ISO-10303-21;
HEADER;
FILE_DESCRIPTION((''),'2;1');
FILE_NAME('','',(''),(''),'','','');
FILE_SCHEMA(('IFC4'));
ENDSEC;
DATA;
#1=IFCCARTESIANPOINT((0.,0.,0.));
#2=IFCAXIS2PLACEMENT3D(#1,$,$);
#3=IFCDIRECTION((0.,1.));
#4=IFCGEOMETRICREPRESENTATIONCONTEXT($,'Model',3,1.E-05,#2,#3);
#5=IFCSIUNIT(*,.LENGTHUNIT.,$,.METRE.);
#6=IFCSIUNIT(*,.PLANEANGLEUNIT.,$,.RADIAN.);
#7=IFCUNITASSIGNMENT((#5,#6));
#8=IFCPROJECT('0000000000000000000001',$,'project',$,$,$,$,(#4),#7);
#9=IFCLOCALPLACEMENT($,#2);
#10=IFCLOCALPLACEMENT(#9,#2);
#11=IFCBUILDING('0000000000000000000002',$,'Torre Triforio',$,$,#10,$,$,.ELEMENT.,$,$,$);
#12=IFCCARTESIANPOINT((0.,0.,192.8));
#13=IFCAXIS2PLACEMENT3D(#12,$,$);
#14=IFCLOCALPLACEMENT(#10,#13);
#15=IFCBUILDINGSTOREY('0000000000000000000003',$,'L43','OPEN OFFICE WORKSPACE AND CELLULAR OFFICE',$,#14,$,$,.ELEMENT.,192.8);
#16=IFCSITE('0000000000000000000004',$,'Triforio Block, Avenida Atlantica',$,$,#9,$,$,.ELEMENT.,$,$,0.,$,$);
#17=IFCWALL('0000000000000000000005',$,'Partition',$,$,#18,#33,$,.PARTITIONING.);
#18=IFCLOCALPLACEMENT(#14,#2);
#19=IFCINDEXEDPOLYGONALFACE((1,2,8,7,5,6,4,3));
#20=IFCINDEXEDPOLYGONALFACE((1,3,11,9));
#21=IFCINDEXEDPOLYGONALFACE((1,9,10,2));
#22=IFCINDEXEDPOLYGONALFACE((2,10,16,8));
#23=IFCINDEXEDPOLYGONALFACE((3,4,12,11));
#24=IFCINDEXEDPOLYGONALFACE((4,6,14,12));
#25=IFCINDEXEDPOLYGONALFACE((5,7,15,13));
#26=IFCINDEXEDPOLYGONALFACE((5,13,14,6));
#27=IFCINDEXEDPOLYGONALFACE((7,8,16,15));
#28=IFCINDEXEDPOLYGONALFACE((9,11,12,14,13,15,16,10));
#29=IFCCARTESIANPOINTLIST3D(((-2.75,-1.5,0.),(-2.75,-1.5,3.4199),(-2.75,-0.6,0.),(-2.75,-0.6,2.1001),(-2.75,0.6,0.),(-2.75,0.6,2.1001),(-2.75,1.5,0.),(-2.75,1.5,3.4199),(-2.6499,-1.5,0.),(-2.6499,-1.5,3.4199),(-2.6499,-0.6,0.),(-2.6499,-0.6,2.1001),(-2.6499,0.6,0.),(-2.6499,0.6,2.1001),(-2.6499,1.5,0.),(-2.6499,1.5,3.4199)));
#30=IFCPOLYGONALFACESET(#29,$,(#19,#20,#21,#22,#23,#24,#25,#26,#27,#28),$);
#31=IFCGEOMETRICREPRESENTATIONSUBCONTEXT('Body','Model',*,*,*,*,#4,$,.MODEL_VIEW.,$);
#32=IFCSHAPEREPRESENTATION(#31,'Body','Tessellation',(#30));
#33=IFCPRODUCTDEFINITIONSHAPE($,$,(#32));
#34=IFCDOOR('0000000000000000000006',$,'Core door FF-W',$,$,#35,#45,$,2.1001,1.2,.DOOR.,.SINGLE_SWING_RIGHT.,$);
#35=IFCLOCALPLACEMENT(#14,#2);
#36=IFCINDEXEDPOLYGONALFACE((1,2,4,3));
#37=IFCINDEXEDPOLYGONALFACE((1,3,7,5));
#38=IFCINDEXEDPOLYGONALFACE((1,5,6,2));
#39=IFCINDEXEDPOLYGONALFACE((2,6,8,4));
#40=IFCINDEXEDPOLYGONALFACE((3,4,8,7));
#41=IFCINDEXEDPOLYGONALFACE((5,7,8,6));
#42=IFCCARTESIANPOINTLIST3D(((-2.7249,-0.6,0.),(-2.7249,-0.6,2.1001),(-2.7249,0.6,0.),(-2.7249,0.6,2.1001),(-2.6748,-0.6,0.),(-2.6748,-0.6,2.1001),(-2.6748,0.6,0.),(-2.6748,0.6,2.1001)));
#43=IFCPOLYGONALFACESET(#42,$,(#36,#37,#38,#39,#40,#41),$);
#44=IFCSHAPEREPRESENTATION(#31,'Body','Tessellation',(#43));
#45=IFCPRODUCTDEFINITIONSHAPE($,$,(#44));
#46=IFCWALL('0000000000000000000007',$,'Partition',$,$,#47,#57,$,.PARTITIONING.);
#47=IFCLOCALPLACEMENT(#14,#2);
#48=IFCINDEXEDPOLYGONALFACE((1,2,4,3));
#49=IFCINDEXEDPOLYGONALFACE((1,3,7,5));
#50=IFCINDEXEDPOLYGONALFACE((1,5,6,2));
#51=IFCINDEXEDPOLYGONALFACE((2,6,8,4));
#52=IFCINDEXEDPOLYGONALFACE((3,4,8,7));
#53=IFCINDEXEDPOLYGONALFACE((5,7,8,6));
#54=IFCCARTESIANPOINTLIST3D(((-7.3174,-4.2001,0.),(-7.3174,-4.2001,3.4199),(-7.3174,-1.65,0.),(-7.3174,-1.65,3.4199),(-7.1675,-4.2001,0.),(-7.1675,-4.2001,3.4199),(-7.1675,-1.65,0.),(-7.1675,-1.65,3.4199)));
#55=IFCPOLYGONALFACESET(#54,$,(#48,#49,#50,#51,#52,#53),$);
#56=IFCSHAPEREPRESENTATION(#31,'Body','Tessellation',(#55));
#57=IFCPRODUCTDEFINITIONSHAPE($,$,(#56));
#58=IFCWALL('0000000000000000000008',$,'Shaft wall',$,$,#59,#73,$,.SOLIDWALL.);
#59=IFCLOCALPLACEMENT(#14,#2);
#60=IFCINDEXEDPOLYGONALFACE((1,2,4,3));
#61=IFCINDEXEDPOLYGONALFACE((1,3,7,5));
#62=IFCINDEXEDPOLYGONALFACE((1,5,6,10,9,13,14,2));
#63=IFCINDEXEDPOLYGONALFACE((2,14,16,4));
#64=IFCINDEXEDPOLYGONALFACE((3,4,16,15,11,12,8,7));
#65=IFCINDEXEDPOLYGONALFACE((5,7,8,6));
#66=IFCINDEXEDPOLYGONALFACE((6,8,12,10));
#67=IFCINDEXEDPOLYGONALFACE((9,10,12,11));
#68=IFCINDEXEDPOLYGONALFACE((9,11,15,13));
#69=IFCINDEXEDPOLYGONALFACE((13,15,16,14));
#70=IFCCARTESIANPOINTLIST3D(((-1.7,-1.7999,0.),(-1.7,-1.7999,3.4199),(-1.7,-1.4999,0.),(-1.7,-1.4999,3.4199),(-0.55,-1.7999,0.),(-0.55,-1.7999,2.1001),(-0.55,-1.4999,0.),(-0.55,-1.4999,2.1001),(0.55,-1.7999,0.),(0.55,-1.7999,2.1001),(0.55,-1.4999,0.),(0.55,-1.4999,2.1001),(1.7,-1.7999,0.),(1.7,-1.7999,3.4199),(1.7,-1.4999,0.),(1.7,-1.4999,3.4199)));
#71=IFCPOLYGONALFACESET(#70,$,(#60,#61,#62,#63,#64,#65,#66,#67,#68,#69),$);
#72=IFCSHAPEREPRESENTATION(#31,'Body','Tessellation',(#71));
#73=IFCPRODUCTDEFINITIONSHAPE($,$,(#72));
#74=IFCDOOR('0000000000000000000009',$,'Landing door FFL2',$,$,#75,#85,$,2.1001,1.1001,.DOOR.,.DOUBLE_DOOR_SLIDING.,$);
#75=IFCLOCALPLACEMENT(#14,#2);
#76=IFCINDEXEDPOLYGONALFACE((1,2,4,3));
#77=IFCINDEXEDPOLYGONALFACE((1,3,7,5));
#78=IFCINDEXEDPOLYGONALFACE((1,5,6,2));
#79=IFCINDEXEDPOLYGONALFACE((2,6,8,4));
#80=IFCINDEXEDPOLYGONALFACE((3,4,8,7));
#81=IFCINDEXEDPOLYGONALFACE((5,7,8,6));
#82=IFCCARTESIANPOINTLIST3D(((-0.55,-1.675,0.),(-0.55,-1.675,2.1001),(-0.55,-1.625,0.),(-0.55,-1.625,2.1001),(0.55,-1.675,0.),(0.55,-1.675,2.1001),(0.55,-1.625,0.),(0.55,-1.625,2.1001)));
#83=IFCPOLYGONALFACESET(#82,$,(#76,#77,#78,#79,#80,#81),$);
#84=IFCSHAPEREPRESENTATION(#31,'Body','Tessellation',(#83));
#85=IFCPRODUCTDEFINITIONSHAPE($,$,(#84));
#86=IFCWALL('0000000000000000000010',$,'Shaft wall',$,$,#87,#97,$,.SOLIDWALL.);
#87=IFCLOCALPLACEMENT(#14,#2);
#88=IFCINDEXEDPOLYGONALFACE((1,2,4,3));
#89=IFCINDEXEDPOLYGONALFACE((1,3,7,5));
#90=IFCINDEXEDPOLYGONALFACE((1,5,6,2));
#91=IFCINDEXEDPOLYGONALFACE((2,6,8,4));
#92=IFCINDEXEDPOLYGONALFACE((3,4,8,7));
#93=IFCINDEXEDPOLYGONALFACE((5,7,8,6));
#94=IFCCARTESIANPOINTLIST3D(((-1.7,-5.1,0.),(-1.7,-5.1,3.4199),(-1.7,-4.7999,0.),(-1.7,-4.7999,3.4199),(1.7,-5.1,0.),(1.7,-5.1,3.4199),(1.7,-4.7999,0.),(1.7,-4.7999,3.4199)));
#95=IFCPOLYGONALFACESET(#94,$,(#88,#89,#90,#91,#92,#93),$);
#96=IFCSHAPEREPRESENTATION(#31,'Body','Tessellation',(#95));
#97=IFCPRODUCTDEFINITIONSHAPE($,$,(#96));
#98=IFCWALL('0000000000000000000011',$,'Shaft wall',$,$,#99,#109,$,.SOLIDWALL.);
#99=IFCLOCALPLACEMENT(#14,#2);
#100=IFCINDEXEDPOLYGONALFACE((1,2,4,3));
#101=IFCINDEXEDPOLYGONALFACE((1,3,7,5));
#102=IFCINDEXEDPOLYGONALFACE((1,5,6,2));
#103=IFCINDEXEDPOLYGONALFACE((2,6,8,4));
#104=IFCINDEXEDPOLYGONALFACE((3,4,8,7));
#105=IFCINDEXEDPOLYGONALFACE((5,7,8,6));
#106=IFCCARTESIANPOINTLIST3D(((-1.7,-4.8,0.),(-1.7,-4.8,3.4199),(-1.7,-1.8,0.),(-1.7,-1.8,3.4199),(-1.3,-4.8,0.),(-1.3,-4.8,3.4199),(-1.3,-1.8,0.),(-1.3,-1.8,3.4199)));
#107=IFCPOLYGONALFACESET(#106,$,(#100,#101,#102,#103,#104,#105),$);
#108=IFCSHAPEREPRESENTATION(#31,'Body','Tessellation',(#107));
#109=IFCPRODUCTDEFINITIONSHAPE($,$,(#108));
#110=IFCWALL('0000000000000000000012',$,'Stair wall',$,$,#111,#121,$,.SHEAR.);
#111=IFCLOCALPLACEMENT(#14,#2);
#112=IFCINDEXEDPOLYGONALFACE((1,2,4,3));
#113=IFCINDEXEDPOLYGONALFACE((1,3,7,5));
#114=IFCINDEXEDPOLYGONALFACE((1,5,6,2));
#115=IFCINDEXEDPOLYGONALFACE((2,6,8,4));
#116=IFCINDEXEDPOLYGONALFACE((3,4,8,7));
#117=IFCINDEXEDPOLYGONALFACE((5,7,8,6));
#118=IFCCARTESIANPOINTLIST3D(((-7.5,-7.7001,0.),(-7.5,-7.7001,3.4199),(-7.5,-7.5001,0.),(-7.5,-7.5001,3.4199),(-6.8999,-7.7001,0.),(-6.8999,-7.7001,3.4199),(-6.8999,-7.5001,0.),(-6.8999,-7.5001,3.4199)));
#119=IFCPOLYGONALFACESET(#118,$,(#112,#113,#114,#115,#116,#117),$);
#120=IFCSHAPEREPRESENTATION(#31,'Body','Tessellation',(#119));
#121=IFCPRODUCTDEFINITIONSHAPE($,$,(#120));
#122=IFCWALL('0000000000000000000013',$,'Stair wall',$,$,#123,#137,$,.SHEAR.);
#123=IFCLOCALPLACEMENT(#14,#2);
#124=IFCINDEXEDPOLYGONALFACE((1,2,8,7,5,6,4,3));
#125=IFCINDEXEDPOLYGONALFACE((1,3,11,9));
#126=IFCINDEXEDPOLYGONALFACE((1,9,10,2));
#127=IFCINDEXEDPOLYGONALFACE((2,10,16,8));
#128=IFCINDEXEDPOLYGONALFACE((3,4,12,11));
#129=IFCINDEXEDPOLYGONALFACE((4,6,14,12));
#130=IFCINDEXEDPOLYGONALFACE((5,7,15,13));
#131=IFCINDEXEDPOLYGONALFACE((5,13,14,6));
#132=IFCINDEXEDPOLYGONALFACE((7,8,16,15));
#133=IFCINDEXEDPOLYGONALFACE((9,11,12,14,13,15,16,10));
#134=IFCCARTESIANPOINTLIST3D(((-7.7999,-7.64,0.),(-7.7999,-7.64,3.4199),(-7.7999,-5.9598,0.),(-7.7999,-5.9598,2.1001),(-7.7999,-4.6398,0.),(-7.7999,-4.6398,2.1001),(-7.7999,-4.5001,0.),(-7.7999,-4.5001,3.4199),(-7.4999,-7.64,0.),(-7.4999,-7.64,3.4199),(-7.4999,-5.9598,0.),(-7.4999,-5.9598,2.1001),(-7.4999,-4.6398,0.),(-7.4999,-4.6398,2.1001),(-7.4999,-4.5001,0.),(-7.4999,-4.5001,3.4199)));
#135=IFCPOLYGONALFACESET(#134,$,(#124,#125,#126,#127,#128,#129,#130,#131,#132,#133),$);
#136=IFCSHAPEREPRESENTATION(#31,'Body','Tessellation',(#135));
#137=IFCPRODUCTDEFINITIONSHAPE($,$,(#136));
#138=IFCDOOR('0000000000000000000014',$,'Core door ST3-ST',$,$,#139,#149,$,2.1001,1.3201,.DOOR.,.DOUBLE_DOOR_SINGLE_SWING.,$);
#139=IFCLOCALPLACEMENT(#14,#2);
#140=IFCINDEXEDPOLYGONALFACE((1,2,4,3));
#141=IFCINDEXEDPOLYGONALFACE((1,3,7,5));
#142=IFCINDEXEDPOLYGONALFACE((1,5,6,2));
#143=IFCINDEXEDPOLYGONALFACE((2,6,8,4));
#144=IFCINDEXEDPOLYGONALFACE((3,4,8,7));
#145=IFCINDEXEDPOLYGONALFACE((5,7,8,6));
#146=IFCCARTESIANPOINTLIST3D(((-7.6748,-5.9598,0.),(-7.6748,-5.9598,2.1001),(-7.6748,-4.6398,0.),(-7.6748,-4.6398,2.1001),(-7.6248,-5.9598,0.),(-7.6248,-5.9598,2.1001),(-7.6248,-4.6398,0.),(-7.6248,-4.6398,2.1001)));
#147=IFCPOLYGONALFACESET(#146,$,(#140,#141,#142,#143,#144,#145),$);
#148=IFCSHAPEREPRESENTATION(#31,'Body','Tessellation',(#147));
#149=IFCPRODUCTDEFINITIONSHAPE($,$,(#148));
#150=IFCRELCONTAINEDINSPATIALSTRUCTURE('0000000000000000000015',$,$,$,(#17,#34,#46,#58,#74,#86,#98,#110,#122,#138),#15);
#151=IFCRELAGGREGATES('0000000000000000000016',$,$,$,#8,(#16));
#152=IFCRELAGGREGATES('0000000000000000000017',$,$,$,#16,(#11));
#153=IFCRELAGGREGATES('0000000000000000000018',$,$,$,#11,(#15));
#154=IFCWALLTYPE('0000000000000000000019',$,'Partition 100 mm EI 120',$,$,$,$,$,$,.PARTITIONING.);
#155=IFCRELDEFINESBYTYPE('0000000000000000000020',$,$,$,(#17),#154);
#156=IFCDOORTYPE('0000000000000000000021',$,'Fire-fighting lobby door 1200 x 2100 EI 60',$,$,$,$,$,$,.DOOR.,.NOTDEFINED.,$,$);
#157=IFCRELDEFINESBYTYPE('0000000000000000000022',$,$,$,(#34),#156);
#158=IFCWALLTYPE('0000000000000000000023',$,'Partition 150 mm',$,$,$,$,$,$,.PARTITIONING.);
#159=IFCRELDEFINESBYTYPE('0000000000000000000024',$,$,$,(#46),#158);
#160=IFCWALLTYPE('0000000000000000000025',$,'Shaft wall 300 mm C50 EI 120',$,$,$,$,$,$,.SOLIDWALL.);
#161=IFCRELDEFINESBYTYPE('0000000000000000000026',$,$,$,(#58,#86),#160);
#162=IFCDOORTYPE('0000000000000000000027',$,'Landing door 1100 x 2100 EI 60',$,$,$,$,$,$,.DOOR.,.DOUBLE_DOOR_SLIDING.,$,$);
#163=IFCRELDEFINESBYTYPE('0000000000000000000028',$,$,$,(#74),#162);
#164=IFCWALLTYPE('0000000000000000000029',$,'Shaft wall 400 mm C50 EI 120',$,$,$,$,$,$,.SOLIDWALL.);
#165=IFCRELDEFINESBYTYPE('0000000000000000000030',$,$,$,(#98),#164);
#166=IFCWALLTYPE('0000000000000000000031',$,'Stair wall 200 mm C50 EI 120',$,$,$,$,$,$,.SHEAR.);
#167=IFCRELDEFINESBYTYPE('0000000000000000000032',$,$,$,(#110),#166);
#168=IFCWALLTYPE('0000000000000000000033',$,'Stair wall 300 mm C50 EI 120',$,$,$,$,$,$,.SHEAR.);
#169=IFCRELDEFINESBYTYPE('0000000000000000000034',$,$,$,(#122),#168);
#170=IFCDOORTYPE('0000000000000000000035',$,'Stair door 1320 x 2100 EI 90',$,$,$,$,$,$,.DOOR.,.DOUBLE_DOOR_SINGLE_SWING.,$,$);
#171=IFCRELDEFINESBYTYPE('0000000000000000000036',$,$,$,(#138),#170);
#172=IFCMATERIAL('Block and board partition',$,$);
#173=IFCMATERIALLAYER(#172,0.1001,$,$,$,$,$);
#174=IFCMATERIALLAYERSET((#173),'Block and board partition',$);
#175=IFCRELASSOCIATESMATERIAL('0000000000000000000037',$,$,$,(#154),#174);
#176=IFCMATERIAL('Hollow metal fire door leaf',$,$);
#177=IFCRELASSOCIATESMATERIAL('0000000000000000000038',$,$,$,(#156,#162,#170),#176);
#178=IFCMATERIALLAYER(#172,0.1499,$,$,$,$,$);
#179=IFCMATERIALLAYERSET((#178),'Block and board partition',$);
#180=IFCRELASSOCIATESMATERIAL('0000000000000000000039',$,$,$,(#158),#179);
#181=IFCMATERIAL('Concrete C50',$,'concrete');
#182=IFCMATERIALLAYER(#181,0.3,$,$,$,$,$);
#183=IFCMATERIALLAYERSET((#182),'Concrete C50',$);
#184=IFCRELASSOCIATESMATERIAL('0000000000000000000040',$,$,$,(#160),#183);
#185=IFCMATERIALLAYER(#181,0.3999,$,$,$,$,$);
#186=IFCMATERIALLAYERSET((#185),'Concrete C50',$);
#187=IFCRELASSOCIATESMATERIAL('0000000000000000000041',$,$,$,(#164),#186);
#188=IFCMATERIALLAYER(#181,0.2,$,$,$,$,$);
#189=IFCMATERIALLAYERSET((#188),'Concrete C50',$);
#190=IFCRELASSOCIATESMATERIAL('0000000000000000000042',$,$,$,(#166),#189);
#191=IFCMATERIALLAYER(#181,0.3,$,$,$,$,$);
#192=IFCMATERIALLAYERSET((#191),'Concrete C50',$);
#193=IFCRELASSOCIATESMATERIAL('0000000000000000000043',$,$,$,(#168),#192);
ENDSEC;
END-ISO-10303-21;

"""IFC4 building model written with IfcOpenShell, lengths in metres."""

from ifc_helpers import new_model, si_unit, direction, frame, frame_2d, origin, place, context, subcontext, project, spatial, rectangle, extrude, material, layer, layer_set, type_object, element, fill, save


model = new_model("IFC4")

# Units and contexts
model_context = context("Model", 3, precision=1e-05, world=origin(), true_north=direction((0.0, 1.0)))
body_context = subcontext(model_context, "Body", "Model", "MODEL_VIEW")
ifc_project = project(units=[si_unit("LENGTHUNIT", "METRE"), si_unit("PLANEANGLEUNIT", "RADIAN")], contexts=[model_context])

# Site, building, storey
site_placement = place(None, origin())
site = spatial("IfcSite", under=ifc_project, at=site_placement, Name="Triforio Block, Avenida Atlantica", CompositionType="ELEMENT", RefElevation=0.0)
building_placement = place(site_placement, origin())
building = spatial("IfcBuilding", under=site, at=building_placement, Name="Torre Triforio", CompositionType="ELEMENT")
storey_placement = place(building_placement, frame((0.0, 0.0, 192.8)))
storey = spatial("IfcBuildingStorey", under=building, at=storey_placement, Name="L43", Description="OPEN OFFICE WORKSPACE AND CELLULAR OFFICE", CompositionType="ELEMENT", Elevation=192.8)

# Wall, opening, door
ifc_material_1 = material(Name="Block and board partition")
ifc_layer_1 = layer(ifc_material_1, 0.1001)
ifc_layer_set_1 = layer_set([ifc_layer_1], Name="Block and board partition")
wall_type_1 = type_object("IfcWallType", Name="Partition 100 mm EI 120", PredefinedType="PARTITIONING", material=ifc_layer_set_1)
wall_1_placement = place(storey_placement, frame((-2.7, -1.5, 0.0), z_axis=(0.0, 0.0, 1.0), x_axis=(0.0, 1.0, 0.0)))
wall_1 = element("IfcWall", 1, at=wall_1_placement, inside=storey, type_object=wall_type_1, Name="Partition", PredefinedType="PARTITIONING", context=body_context, shape_type="SweptSolid", body=[
    extrude(rectangle(XDim=3.0, YDim=0.1001, at=frame_2d((1.5, 0.0))), origin(), (0.0, 0.0, 1.0), 3.4199),
])
opening_1_placement = place(wall_1_placement, frame((0.8999, 0.0, 0.0)))
opening_1 = element("IfcOpeningElement", 2, at=opening_1_placement, cuts=wall_1, PredefinedType="OPENING", context=body_context, shape_type="SweptSolid", body=[
    extrude(rectangle(XDim=1.2, YDim=2.1001, at=frame_2d((0.6001, 1.05))), frame((0.0, 0.0601, 0.0), z_axis=(0.0, -1.0, 0.0), x_axis=(1.0, 0.0, 0.0)), (0.0, 0.0, 1.0), 0.1201),
])
ifc_material_2 = material(Name="Hollow metal fire door leaf")
door_type_1 = type_object("IfcDoorType", Name="Fire-fighting lobby door 1200 x 2100 EI 60", OperationType="NOTDEFINED", PredefinedType="DOOR", material=ifc_material_2)
door_1_placement = place(opening_1_placement, origin())
door_1 = element("IfcDoor", 3, at=door_1_placement, inside=storey, type_object=door_type_1, Name="Core door FF-W", OperationType="SINGLE_SWING_RIGHT", OverallHeight=2.1001, OverallWidth=1.2, PredefinedType="DOOR", context=body_context, shape_type="SweptSolid", body=[
    extrude(rectangle(XDim=1.2, YDim=2.1001, at=frame_2d((0.6001, 1.05))), frame((0.0, 0.0249, 0.0), z_axis=(0.0, -1.0, 0.0), x_axis=(1.0, 0.0, 0.0)), (0.0, 0.0, 1.0), 0.05),
])
fill(opening_1, door_1)

# Wall
ifc_layer_2 = layer(ifc_material_1, 0.1499)
ifc_layer_set_2 = layer_set([ifc_layer_2], Name="Block and board partition")
wall_type_2 = type_object("IfcWallType", Name="Partition 150 mm", PredefinedType="PARTITIONING", material=ifc_layer_set_2)
wall_2_placement = place(storey_placement, frame((-7.2424, -4.2, 0.0), z_axis=(0.0, 0.0, 1.0), x_axis=(0.0, 1.0, 0.0)))
element("IfcWall", 4, at=wall_2_placement, inside=storey, type_object=wall_type_2, Name="Partition", PredefinedType="PARTITIONING", context=body_context, shape_type="SweptSolid", body=[
    extrude(rectangle(XDim=2.55, YDim=0.1499, at=frame_2d((1.2749, 0.0))), origin(), (0.0, 0.0, 1.0), 3.4199),
])

# Wall, opening, door
ifc_material_3 = material(Name="Concrete C50", Category="concrete")
ifc_layer_3 = layer(ifc_material_3, 0.3)
ifc_layer_set_3 = layer_set([ifc_layer_3], Name="Concrete C50")
wall_type_3 = type_object("IfcWallType", Name="Shaft wall 300 mm C50 EI 120", PredefinedType="SOLIDWALL", material=ifc_layer_set_3)
wall_3_placement = place(storey_placement, frame((-1.7, -1.6499, 0.0), z_axis=(0.0, 0.0, 1.0), x_axis=(1.0, 0.0, 0.0)))
wall_3 = element("IfcWall", 5, at=wall_3_placement, inside=storey, type_object=wall_type_3, Name="Shaft wall", PredefinedType="SOLIDWALL", context=body_context, shape_type="SweptSolid", body=[
    extrude(rectangle(XDim=3.3999, YDim=0.3, at=frame_2d((1.7, 0.0))), origin(), (0.0, 0.0, 1.0), 3.4199),
])
opening_2_placement = place(wall_3_placement, frame((1.1499, 0.0, 0.0)))
opening_2 = element("IfcOpeningElement", 6, at=opening_2_placement, cuts=wall_3, PredefinedType="OPENING", context=body_context, shape_type="SweptSolid", body=[
    extrude(rectangle(XDim=1.1001, YDim=2.1001, at=frame_2d((0.55, 1.05))), frame((0.0, 0.1599, 0.0), z_axis=(0.0, -1.0, 0.0), x_axis=(1.0, 0.0, 0.0)), (0.0, 0.0, 1.0), 0.3201),
])
door_type_2 = type_object("IfcDoorType", Name="Landing door 1100 x 2100 EI 60", OperationType="DOUBLE_DOOR_SLIDING", PredefinedType="DOOR", material=ifc_material_2)
door_2_placement = place(opening_2_placement, origin())
door_2 = element("IfcDoor", 7, at=door_2_placement, inside=storey, type_object=door_type_2, Name="Landing door FFL2", OperationType="DOUBLE_DOOR_SLIDING", OverallHeight=2.1001, OverallWidth=1.1001, PredefinedType="DOOR", context=body_context, shape_type="SweptSolid", body=[
    extrude(rectangle(XDim=1.1001, YDim=2.1001, at=frame_2d((0.55, 1.05))), frame((0.0, 0.0249, 0.0), z_axis=(0.0, -1.0, 0.0), x_axis=(1.0, 0.0, 0.0)), (0.0, 0.0, 1.0), 0.05),
])
fill(opening_2, door_2)

# Walls
wall_4_placement = place(storey_placement, frame((-1.7, -4.95, 0.0), z_axis=(0.0, 0.0, 1.0), x_axis=(1.0, 0.0, 0.0)))
element("IfcWall", 8, at=wall_4_placement, inside=storey, type_object=wall_type_3, Name="Shaft wall", PredefinedType="SOLIDWALL", context=body_context, shape_type="SweptSolid", body=[
    extrude(rectangle(XDim=3.3999, YDim=0.3, at=frame_2d((1.7, 0.0))), origin(), (0.0, 0.0, 1.0), 3.4199),
])
ifc_layer_4 = layer(ifc_material_3, 0.3999)
ifc_layer_set_4 = layer_set([ifc_layer_4], Name="Concrete C50")
wall_type_4 = type_object("IfcWallType", Name="Shaft wall 400 mm C50 EI 120", PredefinedType="SOLIDWALL", material=ifc_layer_set_4)
wall_5_placement = place(storey_placement, frame((-1.5, -4.8, 0.0), z_axis=(0.0, 0.0, 1.0), x_axis=(0.0, 1.0, 0.0)))
element("IfcWall", 9, at=wall_5_placement, inside=storey, type_object=wall_type_4, Name="Shaft wall", PredefinedType="SOLIDWALL", context=body_context, shape_type="SweptSolid", body=[
    extrude(rectangle(XDim=3.0, YDim=0.3999, at=frame_2d((1.5, 0.0))), origin(), (0.0, 0.0, 1.0), 3.4199),
])
ifc_layer_5 = layer(ifc_material_3, 0.2)
ifc_layer_set_5 = layer_set([ifc_layer_5], Name="Concrete C50")
wall_type_5 = type_object("IfcWallType", Name="Stair wall 200 mm C50 EI 120", PredefinedType="SHEAR", material=ifc_layer_set_5)
wall_6_placement = place(storey_placement, frame((-7.5, -7.6001, 0.0), z_axis=(0.0, 0.0, 1.0), x_axis=(1.0, 0.0, 0.0)))
element("IfcWall", 10, at=wall_6_placement, inside=storey, type_object=wall_type_5, Name="Stair wall", PredefinedType="SHEAR", context=body_context, shape_type="SweptSolid", body=[
    extrude(rectangle(XDim=0.6001, YDim=0.2, at=frame_2d((0.3, 0.0))), origin(), (0.0, 0.0, 1.0), 3.4199),
])

# Wall, opening, door
ifc_layer_6 = layer(ifc_material_3, 0.3)
ifc_layer_set_6 = layer_set([ifc_layer_6], Name="Concrete C50")
wall_type_6 = type_object("IfcWallType", Name="Stair wall 300 mm C50 EI 120", PredefinedType="SHEAR", material=ifc_layer_set_6)
wall_7_placement = place(storey_placement, frame((-7.6499, -7.6399, 0.0), z_axis=(0.0, 0.0, 1.0), x_axis=(0.0, 1.0, 0.0)))
wall_7 = element("IfcWall", 11, at=wall_7_placement, inside=storey, type_object=wall_type_6, Name="Stair wall", PredefinedType="SHEAR", context=body_context, shape_type="SweptSolid", body=[
    extrude(rectangle(XDim=3.1399, YDim=0.3, at=frame_2d((1.5698, 0.0))), origin(), (0.0, 0.0, 1.0), 3.4199),
])
opening_3_placement = place(wall_7_placement, frame((1.6799, 0.0, 0.0)))
opening_3 = element("IfcOpeningElement", 12, at=opening_3_placement, cuts=wall_7, PredefinedType="OPENING", context=body_context, shape_type="SweptSolid", body=[
    extrude(rectangle(XDim=1.3201, YDim=2.1001, at=frame_2d((0.6602, 1.05))), frame((0.0, 0.1599, 0.0), z_axis=(0.0, -1.0, 0.0), x_axis=(1.0, 0.0, 0.0)), (0.0, 0.0, 1.0), 0.3201),
])
door_type_3 = type_object("IfcDoorType", Name="Stair door 1320 x 2100 EI 90", OperationType="DOUBLE_DOOR_SINGLE_SWING", PredefinedType="DOOR", material=ifc_material_2)
door_3_placement = place(opening_3_placement, origin())
door_3 = element("IfcDoor", 13, at=door_3_placement, inside=storey, type_object=door_type_3, Name="Core door ST3-ST", OperationType="DOUBLE_DOOR_SINGLE_SWING", OverallHeight=2.1001, OverallWidth=1.3201, PredefinedType="DOOR", context=body_context, shape_type="SweptSolid", body=[
    extrude(rectangle(XDim=1.3201, YDim=2.1001, at=frame_2d((0.6602, 1.05))), frame((0.0, 0.0249, 0.0), z_axis=(0.0, -1.0, 0.0), x_axis=(1.0, 0.0, 0.0)), (0.0, 0.0, 1.0), 0.05),
])
fill(opening_3, door_3)

save(model, "model.ifc")
